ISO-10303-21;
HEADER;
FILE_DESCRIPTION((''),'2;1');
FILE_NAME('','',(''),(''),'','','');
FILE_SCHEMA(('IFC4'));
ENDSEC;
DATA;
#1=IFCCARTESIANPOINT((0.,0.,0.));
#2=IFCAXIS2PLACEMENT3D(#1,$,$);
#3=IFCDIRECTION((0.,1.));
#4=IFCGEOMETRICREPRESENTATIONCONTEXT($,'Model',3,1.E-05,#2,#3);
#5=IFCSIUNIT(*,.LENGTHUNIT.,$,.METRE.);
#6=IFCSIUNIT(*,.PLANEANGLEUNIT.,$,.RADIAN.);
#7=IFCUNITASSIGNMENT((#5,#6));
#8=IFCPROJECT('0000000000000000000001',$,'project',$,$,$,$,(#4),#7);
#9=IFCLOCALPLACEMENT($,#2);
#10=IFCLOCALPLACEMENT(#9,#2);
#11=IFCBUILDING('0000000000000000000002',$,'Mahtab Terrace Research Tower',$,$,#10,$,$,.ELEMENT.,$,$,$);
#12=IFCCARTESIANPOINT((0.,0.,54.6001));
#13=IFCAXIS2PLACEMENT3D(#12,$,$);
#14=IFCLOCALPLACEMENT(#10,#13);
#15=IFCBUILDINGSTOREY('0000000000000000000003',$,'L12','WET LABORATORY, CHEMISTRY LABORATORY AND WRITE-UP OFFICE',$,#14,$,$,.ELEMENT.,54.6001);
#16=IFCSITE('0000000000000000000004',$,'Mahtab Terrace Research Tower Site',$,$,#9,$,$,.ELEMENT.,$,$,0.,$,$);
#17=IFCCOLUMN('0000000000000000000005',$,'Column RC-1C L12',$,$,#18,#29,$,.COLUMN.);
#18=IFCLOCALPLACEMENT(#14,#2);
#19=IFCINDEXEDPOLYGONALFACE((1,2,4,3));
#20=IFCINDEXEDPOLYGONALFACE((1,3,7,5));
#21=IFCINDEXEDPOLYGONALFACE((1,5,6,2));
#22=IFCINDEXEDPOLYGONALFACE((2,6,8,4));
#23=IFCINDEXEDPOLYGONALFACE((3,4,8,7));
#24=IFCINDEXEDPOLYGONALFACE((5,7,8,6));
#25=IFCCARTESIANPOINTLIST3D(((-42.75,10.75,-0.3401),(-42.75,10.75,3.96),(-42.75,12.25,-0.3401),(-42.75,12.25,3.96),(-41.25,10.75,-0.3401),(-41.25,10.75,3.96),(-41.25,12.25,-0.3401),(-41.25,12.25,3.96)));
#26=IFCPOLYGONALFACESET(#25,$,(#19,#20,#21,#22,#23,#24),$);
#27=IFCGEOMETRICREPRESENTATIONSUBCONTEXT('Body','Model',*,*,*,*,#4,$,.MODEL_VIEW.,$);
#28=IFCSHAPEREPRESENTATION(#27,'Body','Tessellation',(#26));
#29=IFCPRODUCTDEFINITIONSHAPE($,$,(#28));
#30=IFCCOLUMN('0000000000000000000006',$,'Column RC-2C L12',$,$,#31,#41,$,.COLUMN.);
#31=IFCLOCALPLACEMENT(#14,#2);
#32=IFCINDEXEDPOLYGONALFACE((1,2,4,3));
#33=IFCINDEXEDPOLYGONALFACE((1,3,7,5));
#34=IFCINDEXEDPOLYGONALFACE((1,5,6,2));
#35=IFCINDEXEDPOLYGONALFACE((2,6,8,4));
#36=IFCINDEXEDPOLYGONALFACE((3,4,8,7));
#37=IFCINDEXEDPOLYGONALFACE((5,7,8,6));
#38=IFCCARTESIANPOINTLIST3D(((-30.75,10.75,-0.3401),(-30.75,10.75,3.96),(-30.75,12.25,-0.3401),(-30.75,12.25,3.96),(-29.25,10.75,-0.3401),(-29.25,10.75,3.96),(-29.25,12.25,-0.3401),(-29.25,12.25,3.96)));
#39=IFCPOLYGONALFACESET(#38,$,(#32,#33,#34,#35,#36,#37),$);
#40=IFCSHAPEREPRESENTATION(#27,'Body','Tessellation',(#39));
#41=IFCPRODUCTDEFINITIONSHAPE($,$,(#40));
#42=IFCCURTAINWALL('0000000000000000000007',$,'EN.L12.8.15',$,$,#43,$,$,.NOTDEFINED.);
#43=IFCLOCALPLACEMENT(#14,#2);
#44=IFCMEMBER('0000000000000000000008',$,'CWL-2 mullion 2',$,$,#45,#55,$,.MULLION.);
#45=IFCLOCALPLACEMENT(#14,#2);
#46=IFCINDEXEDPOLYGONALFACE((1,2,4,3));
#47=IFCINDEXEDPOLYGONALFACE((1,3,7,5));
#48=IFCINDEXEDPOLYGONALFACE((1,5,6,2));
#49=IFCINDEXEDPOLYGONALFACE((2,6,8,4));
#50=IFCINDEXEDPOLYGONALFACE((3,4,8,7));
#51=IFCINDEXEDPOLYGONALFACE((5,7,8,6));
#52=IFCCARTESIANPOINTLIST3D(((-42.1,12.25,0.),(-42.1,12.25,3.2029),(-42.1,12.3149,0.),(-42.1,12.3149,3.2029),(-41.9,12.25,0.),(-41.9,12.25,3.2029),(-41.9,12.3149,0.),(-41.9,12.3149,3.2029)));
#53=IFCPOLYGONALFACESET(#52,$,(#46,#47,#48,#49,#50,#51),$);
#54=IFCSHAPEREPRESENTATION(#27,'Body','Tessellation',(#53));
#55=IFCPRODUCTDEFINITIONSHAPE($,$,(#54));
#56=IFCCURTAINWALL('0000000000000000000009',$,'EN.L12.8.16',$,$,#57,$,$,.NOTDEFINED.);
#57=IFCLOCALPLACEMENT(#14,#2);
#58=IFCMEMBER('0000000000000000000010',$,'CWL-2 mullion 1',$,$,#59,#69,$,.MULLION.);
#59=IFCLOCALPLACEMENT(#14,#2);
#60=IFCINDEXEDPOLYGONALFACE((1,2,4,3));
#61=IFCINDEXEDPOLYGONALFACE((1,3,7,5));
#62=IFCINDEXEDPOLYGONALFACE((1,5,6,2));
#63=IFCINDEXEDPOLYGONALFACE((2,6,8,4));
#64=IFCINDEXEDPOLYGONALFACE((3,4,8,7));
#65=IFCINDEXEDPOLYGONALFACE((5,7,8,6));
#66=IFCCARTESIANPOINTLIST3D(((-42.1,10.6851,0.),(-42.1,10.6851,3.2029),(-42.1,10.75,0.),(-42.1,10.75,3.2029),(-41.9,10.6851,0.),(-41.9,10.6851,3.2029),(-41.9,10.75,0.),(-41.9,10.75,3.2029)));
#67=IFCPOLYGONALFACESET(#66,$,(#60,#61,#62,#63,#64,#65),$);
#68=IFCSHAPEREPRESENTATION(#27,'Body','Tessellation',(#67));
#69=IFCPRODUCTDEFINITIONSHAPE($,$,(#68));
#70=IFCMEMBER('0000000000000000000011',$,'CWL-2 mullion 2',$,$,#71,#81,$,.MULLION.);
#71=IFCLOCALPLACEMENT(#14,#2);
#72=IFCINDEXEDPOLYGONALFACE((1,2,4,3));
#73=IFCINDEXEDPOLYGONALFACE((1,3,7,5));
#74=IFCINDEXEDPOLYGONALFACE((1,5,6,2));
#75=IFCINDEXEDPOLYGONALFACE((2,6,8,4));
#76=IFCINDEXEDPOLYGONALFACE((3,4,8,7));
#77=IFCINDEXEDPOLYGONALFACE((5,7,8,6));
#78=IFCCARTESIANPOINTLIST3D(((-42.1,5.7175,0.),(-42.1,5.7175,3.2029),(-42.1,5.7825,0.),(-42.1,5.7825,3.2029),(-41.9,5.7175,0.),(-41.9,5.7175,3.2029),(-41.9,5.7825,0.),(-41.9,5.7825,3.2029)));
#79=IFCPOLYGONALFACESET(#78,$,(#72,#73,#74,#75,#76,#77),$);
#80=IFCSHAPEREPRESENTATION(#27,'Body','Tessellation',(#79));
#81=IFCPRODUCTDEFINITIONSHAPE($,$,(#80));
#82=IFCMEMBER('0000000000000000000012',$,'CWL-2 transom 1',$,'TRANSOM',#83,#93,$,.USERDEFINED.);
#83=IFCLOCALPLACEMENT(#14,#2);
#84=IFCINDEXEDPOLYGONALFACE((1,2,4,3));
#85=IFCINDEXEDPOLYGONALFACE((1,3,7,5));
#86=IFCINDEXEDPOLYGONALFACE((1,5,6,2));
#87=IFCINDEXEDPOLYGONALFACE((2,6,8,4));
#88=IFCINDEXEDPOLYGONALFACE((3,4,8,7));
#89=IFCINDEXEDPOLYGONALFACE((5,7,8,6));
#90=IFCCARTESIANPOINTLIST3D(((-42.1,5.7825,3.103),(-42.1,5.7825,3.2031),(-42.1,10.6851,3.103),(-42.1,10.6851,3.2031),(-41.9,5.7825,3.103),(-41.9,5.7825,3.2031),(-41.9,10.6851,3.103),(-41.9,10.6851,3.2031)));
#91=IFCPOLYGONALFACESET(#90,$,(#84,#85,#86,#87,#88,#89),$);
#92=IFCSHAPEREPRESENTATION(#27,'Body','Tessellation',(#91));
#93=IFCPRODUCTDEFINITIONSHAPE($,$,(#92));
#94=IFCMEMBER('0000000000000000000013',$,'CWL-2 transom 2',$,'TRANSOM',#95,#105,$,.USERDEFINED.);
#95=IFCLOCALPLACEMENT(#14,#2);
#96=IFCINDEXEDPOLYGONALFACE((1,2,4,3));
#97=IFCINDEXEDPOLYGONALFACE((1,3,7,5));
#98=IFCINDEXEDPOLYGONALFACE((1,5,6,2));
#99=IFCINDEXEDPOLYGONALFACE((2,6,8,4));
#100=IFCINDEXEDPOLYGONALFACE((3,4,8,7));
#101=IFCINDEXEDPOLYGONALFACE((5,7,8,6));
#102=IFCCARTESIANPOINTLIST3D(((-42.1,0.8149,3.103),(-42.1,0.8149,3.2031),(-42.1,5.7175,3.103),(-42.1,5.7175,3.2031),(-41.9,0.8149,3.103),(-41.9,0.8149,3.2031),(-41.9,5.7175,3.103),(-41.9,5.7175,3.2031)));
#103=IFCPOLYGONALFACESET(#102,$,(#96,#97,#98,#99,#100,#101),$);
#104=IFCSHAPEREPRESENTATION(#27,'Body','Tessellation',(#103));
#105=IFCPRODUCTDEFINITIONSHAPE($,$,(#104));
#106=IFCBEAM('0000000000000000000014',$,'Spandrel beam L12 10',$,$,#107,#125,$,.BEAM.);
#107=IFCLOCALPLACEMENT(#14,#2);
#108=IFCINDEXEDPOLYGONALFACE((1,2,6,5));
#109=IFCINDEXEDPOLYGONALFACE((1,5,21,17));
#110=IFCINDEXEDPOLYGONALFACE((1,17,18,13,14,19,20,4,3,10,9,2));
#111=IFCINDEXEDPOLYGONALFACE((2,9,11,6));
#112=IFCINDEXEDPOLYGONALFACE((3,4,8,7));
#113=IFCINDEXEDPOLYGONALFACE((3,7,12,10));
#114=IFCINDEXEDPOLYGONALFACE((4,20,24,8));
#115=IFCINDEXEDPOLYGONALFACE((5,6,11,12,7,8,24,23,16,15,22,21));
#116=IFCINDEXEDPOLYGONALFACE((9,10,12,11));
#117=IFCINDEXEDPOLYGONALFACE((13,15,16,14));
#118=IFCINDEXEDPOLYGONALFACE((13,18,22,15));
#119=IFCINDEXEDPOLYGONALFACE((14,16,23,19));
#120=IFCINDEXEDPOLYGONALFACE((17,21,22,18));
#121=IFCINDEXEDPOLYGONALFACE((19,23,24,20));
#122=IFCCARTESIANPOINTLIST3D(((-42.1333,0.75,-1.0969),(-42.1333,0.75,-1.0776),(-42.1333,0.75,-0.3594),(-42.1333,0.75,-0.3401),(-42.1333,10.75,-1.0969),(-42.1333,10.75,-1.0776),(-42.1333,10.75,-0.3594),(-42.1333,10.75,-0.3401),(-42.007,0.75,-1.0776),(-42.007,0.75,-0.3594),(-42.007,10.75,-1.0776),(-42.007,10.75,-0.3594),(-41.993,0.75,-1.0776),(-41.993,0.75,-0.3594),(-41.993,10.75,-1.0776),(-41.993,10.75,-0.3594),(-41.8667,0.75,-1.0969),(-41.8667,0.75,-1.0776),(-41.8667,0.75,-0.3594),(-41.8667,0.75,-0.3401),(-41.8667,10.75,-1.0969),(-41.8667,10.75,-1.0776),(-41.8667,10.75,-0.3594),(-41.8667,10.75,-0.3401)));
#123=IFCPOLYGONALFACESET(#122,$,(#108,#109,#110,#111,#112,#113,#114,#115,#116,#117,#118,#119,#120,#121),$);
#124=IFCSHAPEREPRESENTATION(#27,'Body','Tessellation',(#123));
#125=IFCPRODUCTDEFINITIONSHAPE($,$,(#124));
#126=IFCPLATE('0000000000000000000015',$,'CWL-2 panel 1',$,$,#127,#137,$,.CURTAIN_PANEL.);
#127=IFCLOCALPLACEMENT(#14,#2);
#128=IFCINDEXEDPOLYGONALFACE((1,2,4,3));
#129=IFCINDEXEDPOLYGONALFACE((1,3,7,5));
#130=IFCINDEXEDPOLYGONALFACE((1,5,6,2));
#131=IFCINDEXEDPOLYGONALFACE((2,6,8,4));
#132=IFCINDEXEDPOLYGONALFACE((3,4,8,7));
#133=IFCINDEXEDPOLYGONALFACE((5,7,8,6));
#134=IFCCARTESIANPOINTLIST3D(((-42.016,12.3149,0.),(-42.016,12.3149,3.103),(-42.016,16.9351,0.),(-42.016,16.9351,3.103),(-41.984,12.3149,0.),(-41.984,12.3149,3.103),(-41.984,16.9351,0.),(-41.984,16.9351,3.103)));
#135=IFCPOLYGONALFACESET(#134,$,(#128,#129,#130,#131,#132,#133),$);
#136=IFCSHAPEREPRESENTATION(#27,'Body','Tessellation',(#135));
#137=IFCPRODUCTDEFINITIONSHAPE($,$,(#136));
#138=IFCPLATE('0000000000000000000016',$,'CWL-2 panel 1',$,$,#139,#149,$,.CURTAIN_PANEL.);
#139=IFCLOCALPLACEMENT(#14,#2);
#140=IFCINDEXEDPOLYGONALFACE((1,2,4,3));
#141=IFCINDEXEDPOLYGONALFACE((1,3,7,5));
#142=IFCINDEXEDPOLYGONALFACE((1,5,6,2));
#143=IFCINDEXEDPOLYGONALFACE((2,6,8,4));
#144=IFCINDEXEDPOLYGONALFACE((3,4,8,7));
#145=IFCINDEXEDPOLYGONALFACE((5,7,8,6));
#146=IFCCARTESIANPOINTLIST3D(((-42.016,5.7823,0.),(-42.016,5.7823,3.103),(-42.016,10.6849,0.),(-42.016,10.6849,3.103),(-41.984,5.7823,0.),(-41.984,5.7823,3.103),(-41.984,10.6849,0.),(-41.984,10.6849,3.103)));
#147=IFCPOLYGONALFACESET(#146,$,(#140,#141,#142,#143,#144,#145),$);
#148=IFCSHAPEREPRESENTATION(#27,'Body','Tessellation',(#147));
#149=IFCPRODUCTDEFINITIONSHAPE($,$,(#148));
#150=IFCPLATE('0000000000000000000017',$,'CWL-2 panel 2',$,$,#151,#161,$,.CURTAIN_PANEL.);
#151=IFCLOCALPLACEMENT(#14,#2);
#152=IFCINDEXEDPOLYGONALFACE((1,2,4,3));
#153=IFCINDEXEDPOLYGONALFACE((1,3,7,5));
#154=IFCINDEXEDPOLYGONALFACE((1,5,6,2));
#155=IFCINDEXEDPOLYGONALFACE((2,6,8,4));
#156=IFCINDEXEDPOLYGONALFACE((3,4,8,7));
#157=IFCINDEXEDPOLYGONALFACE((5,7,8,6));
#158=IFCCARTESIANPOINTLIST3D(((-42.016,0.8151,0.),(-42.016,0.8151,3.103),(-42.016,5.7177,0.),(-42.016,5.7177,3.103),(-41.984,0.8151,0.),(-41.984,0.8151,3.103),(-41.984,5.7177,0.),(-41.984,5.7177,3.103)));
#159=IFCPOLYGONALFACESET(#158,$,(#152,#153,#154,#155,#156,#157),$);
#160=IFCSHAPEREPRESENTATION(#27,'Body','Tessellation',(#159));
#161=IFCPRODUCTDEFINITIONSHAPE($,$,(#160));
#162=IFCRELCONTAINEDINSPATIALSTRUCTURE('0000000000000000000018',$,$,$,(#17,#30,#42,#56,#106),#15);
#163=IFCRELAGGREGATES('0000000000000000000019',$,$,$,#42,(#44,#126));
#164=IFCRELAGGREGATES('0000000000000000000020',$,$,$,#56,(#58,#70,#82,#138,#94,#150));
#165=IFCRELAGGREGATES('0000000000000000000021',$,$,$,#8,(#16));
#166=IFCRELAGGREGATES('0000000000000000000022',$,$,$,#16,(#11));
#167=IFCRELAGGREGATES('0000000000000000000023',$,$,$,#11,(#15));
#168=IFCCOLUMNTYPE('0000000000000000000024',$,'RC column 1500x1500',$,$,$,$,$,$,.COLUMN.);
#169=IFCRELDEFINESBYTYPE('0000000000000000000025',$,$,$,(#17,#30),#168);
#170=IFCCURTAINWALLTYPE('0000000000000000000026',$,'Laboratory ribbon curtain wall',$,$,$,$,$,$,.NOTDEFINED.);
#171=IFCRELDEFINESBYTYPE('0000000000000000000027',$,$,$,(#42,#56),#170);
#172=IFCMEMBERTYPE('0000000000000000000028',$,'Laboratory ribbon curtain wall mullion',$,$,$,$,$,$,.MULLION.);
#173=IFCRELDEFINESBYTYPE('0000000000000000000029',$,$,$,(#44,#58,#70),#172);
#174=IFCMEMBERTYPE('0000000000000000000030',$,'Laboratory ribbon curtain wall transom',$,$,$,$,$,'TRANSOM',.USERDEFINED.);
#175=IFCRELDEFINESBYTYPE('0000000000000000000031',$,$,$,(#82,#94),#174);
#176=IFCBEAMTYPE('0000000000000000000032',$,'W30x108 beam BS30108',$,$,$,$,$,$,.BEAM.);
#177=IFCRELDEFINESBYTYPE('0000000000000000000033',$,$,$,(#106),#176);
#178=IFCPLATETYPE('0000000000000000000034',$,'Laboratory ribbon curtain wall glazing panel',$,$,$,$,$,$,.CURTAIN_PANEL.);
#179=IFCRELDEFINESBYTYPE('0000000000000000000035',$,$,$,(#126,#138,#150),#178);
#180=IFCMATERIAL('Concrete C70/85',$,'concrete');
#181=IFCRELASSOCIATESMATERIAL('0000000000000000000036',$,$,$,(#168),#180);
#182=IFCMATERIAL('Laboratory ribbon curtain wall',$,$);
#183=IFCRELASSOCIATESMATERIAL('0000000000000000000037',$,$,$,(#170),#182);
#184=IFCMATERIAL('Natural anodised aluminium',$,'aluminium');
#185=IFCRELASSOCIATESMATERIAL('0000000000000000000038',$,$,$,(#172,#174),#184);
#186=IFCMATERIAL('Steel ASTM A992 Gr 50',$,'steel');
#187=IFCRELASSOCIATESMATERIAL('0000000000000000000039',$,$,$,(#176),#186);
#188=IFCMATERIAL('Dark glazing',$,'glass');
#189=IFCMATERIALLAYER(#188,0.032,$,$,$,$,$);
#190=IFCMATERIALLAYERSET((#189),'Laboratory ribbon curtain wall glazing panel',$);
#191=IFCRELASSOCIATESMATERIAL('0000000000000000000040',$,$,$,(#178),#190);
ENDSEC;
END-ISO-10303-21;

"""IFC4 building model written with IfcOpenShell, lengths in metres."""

from ifc_helpers import new_model, si_unit, direction, frame, origin, origin_2d, place, context, subcontext, project, spatial, rectangle, i_section, extrude, material, layer, layer_set, material_profile, profile_set, type_object, element, aggregate, save


model = new_model("IFC4")

# Units and contexts
model_context = context("Model", 3, precision=1e-05, world=origin(), true_north=direction((0.0, 1.0)))
body_context = subcontext(model_context, "Body", "Model", "MODEL_VIEW")
ifc_project = project(units=[si_unit("LENGTHUNIT", "METRE"), si_unit("PLANEANGLEUNIT", "RADIAN")], contexts=[model_context])

# Site, building, storey
site_placement = place(None, origin())
site = spatial("IfcSite", under=ifc_project, at=site_placement, Name="Mahtab Terrace Research Tower Site", CompositionType="ELEMENT", RefElevation=0.0)
building_placement = place(site_placement, origin())
building = spatial("IfcBuilding", under=site, at=building_placement, Name="Mahtab Terrace Research Tower", CompositionType="ELEMENT")
storey_placement = place(building_placement, frame((0.0, 0.0, 54.6001)))
storey = spatial("IfcBuildingStorey", under=building, at=storey_placement, Name="L12", Description="WET LABORATORY, CHEMISTRY LABORATORY AND WRITE-UP OFFICE", CompositionType="ELEMENT", Elevation=54.6001)

# Columns
ifc_material_1 = material(Name="Concrete C70/85", Category="concrete")
ifc_material_profile_1 = material_profile(ifc_material_1, rectangle(XDim=1.5, YDim=1.5, at=origin_2d()), Name="RC column 1500x1500")
ifc_profile_set_1 = profile_set([ifc_material_profile_1], Name="Concrete C70/85")
column_type = type_object("IfcColumnType", Name="RC column 1500x1500", PredefinedType="COLUMN", material=ifc_profile_set_1)
for number, where, z_axis, x_axis, name in (
    (1, (-42.0, 11.5, -0.3401), (0.0, 0.0, 1.0), (1.0, 0.0, 0.0), "Column RC-1C L12"),
    (2, (-30.0, 11.5, -0.3401), (0.0, 0.0, 1.0), (1.0, 0.0, 0.0), "Column RC-2C L12"),
):
    element("IfcColumn", number, at=place(storey_placement, frame(where, z_axis=z_axis, x_axis=x_axis)), inside=storey, type_object=column_type, Name=name, PredefinedType="COLUMN", context=body_context, shape_type="SweptSolid", body=[
        extrude(rectangle(XDim=1.5, YDim=1.5, at=origin_2d()), origin(), (0.0, 0.0, 1.0), 4.3),
    ])

# Curtain wall, member
ifc_material_2 = material(Name="Laboratory ribbon curtain wall")
curtain_wall_type = type_object("IfcCurtainWallType", Name="Laboratory ribbon curtain wall", PredefinedType="NOTDEFINED", material=ifc_material_2)
curtain_wall_1_placement = place(storey_placement, origin())
curtain_wall_1 = element("IfcCurtainWall", 3, at=curtain_wall_1_placement, inside=storey, type_object=curtain_wall_type, Name="EN.L12.8.15", PredefinedType="NOTDEFINED")
ifc_material_3 = material(Name="Natural anodised aluminium", Category="aluminium")
ifc_material_profile_2 = material_profile(ifc_material_3, rectangle(XDim=0.2, YDim=0.0649, at=origin_2d()), Name="MULLION 65x200")
ifc_profile_set_2 = profile_set([ifc_material_profile_2], Name="Natural anodised aluminium")
member_type_1 = type_object("IfcMemberType", Name="Laboratory ribbon curtain wall mullion", PredefinedType="MULLION", material=ifc_profile_set_2)
member_1_placement = place(storey_placement, frame((-42.0, 12.2825, 0.0), z_axis=(0.0, 0.0, 1.0), x_axis=(1.0, 0.0, 0.0)))
member_1 = element("IfcMember", 4, at=member_1_placement, type_object=member_type_1, Name="CWL-2 mullion 2", PredefinedType="MULLION", context=body_context, shape_type="SweptSolid", body=[
    extrude(rectangle(XDim=0.2, YDim=0.0649, at=origin_2d()), origin(), (0.0, 0.0, 1.0), 3.2029),
])

# Curtain wall, members
curtain_wall_2_placement = place(storey_placement, origin())
curtain_wall_2 = element("IfcCurtainWall", 5, at=curtain_wall_2_placement, inside=storey, type_object=curtain_wall_type, Name="EN.L12.8.16", PredefinedType="NOTDEFINED")
member_2_placement = place(storey_placement, frame((-42.0, 10.7175, 0.0), z_axis=(0.0, 0.0, 1.0), x_axis=(1.0, 0.0, 0.0)))
member_2 = element("IfcMember", 6, at=member_2_placement, type_object=member_type_1, Name="CWL-2 mullion 1", PredefinedType="MULLION", context=body_context, shape_type="SweptSolid", body=[
    extrude(rectangle(XDim=0.2, YDim=0.0649, at=origin_2d()), origin(), (0.0, 0.0, 1.0), 3.2029),
])
member_3_placement = place(storey_placement, frame((-42.0, 5.75, 0.0), z_axis=(0.0, 0.0, 1.0), x_axis=(1.0, 0.0, 0.0)))
member_3 = element("IfcMember", 7, at=member_3_placement, type_object=member_type_1, Name="CWL-2 mullion 2", PredefinedType="MULLION", context=body_context, shape_type="SweptSolid", body=[
    extrude(rectangle(XDim=0.2, YDim=0.0649, at=origin_2d()), origin(), (0.0, 0.0, 1.0), 3.2029),
])
ifc_material_profile_3 = material_profile(ifc_material_3, rectangle(XDim=0.2, YDim=0.1001, at=origin_2d()), Name="TRANSOM 100x200")
ifc_profile_set_3 = profile_set([ifc_material_profile_3], Name="Natural anodised aluminium")
member_type_2 = type_object("IfcMemberType", Name="Laboratory ribbon curtain wall transom", ElementType="TRANSOM", PredefinedType="USERDEFINED", material=ifc_profile_set_3)
member_4_placement = place(storey_placement, frame((-42.0, 10.6851, 3.1531), z_axis=(0.0, -1.0, 0.0), x_axis=(1.0, 0.0, 0.0)))
member_4 = element("IfcMember", 8, at=member_4_placement, type_object=member_type_2, Name="CWL-2 transom 1", ObjectType="TRANSOM", PredefinedType="USERDEFINED", context=body_context, shape_type="SweptSolid", body=[
    extrude(rectangle(XDim=0.2, YDim=0.1001, at=origin_2d()), origin(), (0.0, 0.0, 1.0), 4.9026),
])
member_5_placement = place(storey_placement, frame((-42.0, 5.7175, 3.1531), z_axis=(0.0, -1.0, 0.0), x_axis=(1.0, 0.0, 0.0)))
member_5 = element("IfcMember", 9, at=member_5_placement, type_object=member_type_2, Name="CWL-2 transom 2", ObjectType="TRANSOM", PredefinedType="USERDEFINED", context=body_context, shape_type="SweptSolid", body=[
    extrude(rectangle(XDim=0.2, YDim=0.1001, at=origin_2d()), origin(), (0.0, 0.0, 1.0), 4.9026),
])

# Beam
ifc_material_4 = material(Name="Steel ASTM A992 Gr 50", Category="steel")
ifc_material_profile_4 = material_profile(ifc_material_4, i_section(OverallWidth=0.2666, OverallDepth=0.7568, WebThickness=0.0139, FlangeThickness=0.0193, at=origin_2d()), Name="W30X108")
ifc_profile_set_4 = profile_set([ifc_material_profile_4], Name="Steel ASTM A992 Gr 50")
beam_type = type_object("IfcBeamType", Name="W30x108 beam BS30108", PredefinedType="BEAM", material=ifc_profile_set_4)
beam_placement = place(storey_placement, frame((-42.0, 10.75, -0.7185), z_axis=(0.0, -1.0, 0.0), x_axis=(1.0, 0.0, 0.0)))
element("IfcBeam", 10, at=beam_placement, inside=storey, type_object=beam_type, Name="Spandrel beam L12 10", PredefinedType="BEAM", context=body_context, shape_type="SweptSolid", body=[
    extrude(i_section(OverallWidth=0.2666, OverallDepth=0.7568, WebThickness=0.0139, FlangeThickness=0.0193, at=origin_2d()), origin(), (0.0, 0.0, 1.0), 10.0),
])

# Plates
ifc_material_5 = material(Name="Dark glazing", Category="glass")
ifc_layer_1 = layer(ifc_material_5, 0.032)
ifc_layer_set_1 = layer_set([ifc_layer_1], Name="Laboratory ribbon curtain wall glazing panel")
plate_type = type_object("IfcPlateType", Name="Laboratory ribbon curtain wall glazing panel", PredefinedType="CURTAIN_PANEL", material=ifc_layer_set_1)
plate_1_placement = place(storey_placement, frame((-42.0, 14.625, 0.0), z_axis=(0.0, 0.0, 1.0), x_axis=(0.0, -1.0, 0.0)))
plate_1 = element("IfcPlate", 11, at=plate_1_placement, type_object=plate_type, Name="CWL-2 panel 1", PredefinedType="CURTAIN_PANEL", context=body_context, shape_type="SweptSolid", body=[
    extrude(rectangle(XDim=4.6201, YDim=0.032, at=origin_2d()), origin(), (0.0, 0.0, 1.0), 3.103),
])
aggregate(curtain_wall_1, [member_1, plate_1])
plate_2_placement = place(storey_placement, frame((-42.0, 8.2336, 0.0), z_axis=(0.0, 0.0, 1.0), x_axis=(0.0, -1.0, 0.0)))
plate_2 = element("IfcPlate", 12, at=plate_2_placement, type_object=plate_type, Name="CWL-2 panel 1", PredefinedType="CURTAIN_PANEL", context=body_context, shape_type="SweptSolid", body=[
    extrude(rectangle(XDim=4.9026, YDim=0.032, at=origin_2d()), origin(), (0.0, 0.0, 1.0), 3.103),
])
plate_3_placement = place(storey_placement, frame((-42.0, 3.2664, 0.0), z_axis=(0.0, 0.0, 1.0), x_axis=(0.0, -1.0, 0.0)))
plate_3 = element("IfcPlate", 13, at=plate_3_placement, type_object=plate_type, Name="CWL-2 panel 2", PredefinedType="CURTAIN_PANEL", context=body_context, shape_type="SweptSolid", body=[
    extrude(rectangle(XDim=4.9026, YDim=0.032, at=origin_2d()), origin(), (0.0, 0.0, 1.0), 3.103),
])
aggregate(curtain_wall_2, [member_2, member_3, member_4, plate_2, member_5, plate_3])

save(model, "model.ifc")
